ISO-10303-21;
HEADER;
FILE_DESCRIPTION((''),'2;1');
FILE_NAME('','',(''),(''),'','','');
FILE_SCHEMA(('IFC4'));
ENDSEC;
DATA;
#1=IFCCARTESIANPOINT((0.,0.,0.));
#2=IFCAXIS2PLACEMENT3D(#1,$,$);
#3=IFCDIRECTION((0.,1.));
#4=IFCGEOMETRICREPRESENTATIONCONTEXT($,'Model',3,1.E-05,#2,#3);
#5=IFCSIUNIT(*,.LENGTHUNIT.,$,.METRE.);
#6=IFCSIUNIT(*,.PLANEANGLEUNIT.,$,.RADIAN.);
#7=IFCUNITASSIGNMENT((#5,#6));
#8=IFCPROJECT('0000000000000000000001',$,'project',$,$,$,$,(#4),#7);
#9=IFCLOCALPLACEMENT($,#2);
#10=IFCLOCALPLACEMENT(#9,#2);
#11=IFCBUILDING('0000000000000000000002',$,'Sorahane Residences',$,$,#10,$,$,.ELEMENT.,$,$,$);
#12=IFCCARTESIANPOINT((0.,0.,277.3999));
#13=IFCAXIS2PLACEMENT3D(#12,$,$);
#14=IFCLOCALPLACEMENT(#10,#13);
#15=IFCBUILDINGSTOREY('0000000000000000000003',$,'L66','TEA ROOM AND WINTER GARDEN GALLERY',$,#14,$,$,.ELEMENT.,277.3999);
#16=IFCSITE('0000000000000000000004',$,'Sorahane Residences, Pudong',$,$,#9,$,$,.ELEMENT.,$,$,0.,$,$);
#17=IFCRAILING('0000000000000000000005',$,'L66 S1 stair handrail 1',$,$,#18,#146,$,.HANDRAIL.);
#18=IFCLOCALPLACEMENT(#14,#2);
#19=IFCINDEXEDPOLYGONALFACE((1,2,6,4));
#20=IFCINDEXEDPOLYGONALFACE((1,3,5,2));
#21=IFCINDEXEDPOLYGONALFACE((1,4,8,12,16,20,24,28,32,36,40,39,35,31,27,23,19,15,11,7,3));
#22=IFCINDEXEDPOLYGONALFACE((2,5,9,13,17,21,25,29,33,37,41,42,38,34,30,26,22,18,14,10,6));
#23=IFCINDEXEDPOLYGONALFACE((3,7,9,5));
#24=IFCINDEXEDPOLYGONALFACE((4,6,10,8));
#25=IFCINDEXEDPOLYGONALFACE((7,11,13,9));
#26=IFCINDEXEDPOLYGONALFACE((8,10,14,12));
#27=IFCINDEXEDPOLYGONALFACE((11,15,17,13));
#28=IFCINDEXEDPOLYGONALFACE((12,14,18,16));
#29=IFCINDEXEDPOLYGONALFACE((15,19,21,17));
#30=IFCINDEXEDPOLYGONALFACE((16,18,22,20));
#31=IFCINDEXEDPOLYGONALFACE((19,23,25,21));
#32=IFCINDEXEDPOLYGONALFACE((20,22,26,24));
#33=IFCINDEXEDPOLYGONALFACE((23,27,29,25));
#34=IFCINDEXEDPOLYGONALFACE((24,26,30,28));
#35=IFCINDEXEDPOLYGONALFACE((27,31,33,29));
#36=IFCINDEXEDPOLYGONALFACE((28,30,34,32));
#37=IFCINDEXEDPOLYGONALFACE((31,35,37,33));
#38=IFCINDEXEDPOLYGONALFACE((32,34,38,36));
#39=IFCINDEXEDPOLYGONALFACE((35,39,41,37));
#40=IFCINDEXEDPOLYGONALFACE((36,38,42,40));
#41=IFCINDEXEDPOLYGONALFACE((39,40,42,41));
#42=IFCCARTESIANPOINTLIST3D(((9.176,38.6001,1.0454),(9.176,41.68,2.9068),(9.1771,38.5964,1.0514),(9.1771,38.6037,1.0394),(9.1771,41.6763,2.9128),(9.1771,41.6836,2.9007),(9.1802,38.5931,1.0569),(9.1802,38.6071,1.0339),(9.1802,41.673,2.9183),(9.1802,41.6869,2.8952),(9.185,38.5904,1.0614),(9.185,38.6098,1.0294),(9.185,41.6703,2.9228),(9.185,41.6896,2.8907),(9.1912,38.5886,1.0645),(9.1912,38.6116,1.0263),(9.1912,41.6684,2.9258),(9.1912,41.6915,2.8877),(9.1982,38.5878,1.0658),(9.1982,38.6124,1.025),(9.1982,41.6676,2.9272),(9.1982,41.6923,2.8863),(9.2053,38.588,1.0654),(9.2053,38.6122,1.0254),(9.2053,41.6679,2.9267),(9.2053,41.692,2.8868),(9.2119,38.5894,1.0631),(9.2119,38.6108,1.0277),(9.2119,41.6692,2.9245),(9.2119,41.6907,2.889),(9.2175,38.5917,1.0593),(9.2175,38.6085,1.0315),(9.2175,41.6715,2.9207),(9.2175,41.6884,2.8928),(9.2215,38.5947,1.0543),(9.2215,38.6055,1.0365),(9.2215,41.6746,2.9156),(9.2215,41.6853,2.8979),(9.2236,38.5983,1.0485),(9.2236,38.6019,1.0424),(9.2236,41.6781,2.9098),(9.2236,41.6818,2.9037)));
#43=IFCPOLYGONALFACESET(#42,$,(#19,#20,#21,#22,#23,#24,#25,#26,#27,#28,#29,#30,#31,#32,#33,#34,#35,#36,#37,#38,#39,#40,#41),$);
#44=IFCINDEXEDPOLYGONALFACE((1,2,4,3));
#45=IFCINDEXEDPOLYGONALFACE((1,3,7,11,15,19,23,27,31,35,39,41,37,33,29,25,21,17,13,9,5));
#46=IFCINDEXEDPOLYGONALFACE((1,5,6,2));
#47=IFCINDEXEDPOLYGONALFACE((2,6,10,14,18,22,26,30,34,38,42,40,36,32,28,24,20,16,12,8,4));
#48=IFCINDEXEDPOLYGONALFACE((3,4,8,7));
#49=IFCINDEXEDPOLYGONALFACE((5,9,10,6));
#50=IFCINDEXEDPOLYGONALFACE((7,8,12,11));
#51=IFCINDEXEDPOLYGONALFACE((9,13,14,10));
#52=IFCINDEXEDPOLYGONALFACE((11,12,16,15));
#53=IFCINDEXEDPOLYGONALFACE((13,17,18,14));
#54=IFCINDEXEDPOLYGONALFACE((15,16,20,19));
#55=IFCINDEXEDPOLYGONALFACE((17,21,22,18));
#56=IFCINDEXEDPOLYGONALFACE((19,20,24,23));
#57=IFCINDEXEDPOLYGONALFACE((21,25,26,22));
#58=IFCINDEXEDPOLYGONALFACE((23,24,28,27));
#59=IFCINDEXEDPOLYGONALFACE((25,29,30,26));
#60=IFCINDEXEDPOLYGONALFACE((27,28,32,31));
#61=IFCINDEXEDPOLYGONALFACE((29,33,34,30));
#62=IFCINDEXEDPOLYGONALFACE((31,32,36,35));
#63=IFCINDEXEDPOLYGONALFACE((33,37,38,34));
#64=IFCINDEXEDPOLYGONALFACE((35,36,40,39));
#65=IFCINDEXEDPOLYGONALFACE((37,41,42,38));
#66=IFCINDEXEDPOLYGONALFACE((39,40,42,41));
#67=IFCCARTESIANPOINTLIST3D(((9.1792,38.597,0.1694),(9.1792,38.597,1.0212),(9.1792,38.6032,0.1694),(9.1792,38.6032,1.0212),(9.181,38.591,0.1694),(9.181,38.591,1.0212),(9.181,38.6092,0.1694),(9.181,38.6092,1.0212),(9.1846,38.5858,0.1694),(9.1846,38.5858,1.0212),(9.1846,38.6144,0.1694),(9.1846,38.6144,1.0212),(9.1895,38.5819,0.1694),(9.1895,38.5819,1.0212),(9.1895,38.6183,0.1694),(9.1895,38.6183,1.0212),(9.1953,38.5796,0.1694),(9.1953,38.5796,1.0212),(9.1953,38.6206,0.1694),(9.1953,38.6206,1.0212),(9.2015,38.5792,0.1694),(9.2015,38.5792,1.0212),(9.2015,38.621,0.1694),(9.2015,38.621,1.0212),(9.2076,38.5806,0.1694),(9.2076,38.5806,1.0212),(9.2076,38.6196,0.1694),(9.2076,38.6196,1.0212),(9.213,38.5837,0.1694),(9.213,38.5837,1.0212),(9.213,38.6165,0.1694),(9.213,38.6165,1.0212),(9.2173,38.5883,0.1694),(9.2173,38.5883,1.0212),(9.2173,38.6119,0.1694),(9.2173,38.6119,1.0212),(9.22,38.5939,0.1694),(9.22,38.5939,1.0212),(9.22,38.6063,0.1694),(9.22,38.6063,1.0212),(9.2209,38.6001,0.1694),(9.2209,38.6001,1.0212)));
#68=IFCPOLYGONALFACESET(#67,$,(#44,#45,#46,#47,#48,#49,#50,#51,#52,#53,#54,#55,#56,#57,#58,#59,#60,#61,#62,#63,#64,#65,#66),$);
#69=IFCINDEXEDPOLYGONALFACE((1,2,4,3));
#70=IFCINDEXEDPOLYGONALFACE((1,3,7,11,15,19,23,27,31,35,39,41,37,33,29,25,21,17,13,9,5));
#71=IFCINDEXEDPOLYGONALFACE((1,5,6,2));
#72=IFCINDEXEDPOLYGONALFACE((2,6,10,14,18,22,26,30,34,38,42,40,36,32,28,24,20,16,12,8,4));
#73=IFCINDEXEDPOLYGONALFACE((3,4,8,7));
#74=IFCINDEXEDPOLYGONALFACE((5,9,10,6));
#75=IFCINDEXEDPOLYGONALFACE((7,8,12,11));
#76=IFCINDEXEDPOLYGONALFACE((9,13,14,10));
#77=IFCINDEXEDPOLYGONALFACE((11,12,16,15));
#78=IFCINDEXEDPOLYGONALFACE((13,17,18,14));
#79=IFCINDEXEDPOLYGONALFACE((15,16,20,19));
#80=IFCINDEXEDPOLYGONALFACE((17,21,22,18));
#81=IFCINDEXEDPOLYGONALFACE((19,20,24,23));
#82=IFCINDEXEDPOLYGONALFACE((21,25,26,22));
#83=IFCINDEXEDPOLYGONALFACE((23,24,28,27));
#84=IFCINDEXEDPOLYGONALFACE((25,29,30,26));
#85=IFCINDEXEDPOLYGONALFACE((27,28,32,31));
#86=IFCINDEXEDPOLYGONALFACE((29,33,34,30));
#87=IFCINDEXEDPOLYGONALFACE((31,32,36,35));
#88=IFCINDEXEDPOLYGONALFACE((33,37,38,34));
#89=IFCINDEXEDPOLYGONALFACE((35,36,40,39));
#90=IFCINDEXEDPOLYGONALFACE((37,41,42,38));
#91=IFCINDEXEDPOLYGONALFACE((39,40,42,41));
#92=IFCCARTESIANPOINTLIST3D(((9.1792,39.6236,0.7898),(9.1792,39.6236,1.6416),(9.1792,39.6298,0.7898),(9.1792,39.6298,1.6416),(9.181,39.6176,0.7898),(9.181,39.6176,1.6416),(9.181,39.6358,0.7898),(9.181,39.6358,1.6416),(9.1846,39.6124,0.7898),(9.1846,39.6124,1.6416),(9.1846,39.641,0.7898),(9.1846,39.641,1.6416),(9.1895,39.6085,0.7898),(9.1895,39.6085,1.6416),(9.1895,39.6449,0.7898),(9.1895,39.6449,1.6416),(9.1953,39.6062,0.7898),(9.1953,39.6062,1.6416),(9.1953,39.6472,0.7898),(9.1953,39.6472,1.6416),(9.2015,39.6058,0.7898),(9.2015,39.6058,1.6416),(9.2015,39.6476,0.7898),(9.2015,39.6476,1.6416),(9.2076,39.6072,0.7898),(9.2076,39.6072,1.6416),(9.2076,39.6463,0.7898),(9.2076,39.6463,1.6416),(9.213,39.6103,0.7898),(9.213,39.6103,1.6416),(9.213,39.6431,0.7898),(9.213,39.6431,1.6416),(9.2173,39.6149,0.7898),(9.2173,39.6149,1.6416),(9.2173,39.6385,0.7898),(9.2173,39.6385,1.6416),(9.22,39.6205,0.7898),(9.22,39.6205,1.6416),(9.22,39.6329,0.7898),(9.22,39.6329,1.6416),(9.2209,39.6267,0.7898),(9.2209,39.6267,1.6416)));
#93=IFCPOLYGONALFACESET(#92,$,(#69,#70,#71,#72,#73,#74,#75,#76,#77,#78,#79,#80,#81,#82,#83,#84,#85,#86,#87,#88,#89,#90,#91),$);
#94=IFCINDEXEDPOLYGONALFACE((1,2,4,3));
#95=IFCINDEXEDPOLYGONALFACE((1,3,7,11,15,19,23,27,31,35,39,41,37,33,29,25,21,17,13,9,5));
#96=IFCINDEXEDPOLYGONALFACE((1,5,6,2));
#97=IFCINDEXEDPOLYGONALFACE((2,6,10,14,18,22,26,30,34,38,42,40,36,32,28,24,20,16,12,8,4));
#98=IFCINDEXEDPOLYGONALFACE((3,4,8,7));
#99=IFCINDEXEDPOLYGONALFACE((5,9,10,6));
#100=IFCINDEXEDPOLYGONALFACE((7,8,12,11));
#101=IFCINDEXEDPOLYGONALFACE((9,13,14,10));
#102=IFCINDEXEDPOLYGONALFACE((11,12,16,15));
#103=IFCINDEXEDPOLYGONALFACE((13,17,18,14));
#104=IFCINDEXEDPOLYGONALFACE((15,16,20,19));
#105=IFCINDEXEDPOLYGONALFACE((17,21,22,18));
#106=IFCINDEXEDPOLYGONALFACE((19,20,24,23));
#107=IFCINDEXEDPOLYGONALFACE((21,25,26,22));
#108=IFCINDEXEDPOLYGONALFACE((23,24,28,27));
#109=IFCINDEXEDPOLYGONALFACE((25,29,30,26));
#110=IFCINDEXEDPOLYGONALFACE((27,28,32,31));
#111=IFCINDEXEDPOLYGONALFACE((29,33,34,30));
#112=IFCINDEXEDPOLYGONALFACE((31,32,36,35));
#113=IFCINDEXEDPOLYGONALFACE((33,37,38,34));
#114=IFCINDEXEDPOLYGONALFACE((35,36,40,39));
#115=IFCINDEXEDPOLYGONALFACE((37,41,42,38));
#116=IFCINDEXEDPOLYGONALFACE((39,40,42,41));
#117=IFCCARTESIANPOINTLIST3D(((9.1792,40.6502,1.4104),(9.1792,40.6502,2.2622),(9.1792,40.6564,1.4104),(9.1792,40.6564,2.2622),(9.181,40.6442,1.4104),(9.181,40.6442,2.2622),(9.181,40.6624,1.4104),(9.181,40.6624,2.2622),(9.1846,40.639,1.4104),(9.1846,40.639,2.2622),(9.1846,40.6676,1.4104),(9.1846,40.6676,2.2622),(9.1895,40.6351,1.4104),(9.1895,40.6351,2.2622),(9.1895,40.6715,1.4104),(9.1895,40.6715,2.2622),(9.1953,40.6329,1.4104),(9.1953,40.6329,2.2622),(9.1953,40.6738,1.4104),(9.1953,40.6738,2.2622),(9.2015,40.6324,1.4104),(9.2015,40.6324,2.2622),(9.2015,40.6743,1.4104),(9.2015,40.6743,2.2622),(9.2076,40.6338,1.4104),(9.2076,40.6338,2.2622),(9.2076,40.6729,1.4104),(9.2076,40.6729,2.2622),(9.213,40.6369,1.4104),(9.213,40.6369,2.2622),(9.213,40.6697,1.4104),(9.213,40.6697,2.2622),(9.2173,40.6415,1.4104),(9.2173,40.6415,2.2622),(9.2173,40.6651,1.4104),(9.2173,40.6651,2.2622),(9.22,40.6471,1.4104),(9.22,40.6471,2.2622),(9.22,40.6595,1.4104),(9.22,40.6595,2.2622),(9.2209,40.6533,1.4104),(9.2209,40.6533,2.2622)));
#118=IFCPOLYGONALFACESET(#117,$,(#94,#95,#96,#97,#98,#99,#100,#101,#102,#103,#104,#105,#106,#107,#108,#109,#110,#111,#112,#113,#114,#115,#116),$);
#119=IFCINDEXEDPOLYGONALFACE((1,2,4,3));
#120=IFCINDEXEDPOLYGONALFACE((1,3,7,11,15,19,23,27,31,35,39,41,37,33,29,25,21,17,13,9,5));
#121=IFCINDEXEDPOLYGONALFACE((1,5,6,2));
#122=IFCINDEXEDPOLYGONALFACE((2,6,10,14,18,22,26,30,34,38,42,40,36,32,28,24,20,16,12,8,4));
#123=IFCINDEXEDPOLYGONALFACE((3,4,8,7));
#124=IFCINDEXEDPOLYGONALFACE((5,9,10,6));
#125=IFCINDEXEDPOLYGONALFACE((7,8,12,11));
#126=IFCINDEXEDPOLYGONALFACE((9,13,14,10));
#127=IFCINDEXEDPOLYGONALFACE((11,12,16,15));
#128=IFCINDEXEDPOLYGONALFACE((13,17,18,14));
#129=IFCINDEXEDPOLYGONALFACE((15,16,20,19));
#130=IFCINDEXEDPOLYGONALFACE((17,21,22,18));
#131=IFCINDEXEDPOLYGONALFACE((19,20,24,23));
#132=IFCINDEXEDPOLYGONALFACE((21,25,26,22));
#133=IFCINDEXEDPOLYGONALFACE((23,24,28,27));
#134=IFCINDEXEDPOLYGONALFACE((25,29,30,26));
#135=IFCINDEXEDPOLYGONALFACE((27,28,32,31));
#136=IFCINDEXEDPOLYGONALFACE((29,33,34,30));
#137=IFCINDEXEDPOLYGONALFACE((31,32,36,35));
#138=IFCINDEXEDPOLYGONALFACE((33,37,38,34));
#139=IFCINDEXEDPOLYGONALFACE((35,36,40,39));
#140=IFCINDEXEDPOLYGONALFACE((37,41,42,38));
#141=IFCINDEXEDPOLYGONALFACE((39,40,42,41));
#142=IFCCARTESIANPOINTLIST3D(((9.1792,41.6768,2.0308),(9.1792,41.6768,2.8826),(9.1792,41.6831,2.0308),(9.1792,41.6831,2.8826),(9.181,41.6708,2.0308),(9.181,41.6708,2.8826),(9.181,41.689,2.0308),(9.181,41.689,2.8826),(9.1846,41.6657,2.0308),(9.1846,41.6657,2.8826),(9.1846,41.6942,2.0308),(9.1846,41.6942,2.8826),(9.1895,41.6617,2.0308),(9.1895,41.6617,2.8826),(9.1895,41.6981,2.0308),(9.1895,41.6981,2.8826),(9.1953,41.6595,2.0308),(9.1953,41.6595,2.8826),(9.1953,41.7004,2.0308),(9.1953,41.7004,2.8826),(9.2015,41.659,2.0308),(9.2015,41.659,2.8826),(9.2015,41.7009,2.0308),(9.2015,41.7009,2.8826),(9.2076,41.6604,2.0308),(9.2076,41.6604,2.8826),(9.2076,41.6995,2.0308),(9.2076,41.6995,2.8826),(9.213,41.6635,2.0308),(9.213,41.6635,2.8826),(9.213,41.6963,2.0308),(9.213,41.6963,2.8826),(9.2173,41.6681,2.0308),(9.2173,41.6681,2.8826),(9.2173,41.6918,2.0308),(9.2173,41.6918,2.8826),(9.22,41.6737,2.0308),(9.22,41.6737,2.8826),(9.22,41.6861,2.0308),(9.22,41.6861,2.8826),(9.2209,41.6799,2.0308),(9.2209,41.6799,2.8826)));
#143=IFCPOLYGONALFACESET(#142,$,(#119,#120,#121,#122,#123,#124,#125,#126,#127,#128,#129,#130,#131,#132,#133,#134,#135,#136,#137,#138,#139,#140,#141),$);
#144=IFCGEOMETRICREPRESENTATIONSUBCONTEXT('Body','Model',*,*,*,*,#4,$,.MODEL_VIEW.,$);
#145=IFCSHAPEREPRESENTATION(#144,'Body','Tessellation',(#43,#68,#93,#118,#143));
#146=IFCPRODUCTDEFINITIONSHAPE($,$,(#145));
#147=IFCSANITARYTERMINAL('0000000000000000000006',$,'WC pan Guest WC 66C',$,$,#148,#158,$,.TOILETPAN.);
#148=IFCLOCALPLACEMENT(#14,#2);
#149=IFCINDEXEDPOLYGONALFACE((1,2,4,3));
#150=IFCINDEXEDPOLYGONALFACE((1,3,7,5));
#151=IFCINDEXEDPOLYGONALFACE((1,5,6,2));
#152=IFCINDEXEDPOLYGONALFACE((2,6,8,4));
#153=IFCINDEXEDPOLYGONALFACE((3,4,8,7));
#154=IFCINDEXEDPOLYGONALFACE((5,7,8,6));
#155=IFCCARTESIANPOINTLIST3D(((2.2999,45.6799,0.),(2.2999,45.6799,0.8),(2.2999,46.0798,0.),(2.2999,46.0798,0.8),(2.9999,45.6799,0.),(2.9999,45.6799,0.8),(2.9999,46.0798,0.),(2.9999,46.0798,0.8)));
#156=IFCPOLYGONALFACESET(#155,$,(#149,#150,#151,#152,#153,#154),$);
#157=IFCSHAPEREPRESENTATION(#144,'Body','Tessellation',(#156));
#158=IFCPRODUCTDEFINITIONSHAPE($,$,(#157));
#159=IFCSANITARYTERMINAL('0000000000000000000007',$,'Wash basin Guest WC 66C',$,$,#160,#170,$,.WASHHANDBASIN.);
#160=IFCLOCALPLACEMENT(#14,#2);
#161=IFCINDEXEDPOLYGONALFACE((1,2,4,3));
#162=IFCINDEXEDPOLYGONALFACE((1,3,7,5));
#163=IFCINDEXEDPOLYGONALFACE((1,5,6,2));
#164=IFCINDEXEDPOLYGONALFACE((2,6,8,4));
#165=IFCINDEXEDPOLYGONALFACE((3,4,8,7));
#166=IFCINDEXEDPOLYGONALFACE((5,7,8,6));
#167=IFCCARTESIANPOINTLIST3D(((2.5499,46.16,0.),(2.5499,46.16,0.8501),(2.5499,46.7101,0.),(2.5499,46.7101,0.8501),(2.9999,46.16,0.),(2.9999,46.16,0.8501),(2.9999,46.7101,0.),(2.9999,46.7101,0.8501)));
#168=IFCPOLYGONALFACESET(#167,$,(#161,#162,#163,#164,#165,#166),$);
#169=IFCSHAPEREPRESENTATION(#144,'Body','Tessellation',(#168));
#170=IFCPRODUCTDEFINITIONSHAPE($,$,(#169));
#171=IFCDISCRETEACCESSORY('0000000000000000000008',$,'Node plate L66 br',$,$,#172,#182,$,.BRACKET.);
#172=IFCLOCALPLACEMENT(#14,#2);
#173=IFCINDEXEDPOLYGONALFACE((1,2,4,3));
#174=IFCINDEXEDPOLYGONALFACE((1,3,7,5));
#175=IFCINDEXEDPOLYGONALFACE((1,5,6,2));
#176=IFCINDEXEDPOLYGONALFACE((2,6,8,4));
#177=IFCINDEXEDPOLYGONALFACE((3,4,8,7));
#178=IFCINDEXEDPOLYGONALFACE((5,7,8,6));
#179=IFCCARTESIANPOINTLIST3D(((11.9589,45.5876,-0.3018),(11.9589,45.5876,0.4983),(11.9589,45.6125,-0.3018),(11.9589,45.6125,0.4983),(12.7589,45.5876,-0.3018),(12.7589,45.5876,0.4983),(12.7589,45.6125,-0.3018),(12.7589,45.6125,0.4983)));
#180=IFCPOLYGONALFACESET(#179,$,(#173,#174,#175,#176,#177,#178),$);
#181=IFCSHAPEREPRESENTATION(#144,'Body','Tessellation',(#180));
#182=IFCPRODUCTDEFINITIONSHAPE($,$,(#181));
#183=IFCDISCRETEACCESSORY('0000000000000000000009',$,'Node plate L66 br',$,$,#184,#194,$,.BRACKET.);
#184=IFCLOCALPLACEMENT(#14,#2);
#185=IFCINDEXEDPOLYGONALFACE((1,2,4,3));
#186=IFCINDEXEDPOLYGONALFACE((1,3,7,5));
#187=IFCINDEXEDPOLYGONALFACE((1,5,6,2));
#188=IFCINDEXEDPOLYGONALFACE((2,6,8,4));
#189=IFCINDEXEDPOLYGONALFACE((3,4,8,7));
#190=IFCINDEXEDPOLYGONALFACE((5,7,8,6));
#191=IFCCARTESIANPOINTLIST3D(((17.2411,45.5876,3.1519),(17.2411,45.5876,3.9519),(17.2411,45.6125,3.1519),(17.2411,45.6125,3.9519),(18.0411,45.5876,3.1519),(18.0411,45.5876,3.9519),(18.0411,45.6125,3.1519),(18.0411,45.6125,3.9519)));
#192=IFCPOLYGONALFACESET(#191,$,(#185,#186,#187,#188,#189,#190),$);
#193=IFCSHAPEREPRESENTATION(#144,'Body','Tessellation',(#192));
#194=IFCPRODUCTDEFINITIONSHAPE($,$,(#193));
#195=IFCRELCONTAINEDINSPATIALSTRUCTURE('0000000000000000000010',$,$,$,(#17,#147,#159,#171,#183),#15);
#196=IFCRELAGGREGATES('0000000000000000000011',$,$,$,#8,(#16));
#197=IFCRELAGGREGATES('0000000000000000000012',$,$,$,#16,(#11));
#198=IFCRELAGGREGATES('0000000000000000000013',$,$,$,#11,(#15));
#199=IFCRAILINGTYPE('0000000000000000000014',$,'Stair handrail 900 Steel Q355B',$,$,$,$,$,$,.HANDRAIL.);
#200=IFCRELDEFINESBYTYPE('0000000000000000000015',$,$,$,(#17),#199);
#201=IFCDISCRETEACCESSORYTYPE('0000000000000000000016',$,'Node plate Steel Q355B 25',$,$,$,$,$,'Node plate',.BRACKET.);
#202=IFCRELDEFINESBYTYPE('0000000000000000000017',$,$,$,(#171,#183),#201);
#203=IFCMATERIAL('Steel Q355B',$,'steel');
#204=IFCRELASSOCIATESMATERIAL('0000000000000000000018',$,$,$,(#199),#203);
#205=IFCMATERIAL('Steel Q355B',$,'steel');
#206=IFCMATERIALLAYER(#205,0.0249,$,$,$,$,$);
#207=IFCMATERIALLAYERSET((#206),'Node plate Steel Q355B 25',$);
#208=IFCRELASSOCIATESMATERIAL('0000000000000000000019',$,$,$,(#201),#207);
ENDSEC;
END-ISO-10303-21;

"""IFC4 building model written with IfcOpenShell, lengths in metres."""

from ifc_helpers import new_model, si_unit, direction, frame, origin, origin_2d, place, context, subcontext, project, spatial, rectangle, circle, extrude, material, layer, layer_set, type_object, element, save


model = new_model("IFC4")

# Units and contexts
model_context = context("Model", 3, precision=1e-05, world=origin(), true_north=direction((0.0, 1.0)))
body_context = subcontext(model_context, "Body", "Model", "MODEL_VIEW")
ifc_project = project(units=[si_unit("LENGTHUNIT", "METRE"), si_unit("PLANEANGLEUNIT", "RADIAN")], contexts=[model_context])

# Site, building, storey
site_placement = place(None, origin())
site = spatial("IfcSite", under=ifc_project, at=site_placement, Name="Sorahane Residences, Pudong", CompositionType="ELEMENT", RefElevation=0.0)
building_placement = place(site_placement, origin())
building = spatial("IfcBuilding", under=site, at=building_placement, Name="Sorahane Residences", CompositionType="ELEMENT")
storey_placement = place(building_placement, frame((0.0, 0.0, 277.3999)))
storey = spatial("IfcBuildingStorey", under=building, at=storey_placement, Name="L66", Description="TEA ROOM AND WINTER GARDEN GALLERY", CompositionType="ELEMENT", Elevation=277.3999)

# Railing
ifc_material_1 = material(Name="Steel Q355B", Category="steel")
railing_type = type_object("IfcRailingType", Name="Stair handrail 900 Steel Q355B", PredefinedType="HANDRAIL", material=ifc_material_1)
railing_placement = place(storey_placement, frame((9.2, 38.6001, 0.1694)))
element("IfcRailing", 1, at=railing_placement, inside=storey, type_object=railing_type, Name="L66 S1 stair handrail 1", PredefinedType="HANDRAIL", context=body_context, shape_type="SweptSolid", body=[
    extrude(circle(Radius=0.0239, at=origin_2d()), frame((0.0, 0.0, 0.876), z_axis=(0.0, 0.855842, 0.517237), x_axis=(-1.0, 0.0, 0.0)), (0.0, 0.0, 1.0), 3.5986),
    extrude(circle(Radius=0.021, at=origin_2d()), origin(), (0.0, 0.0, 1.0), 0.8518),
    extrude(circle(Radius=0.021, at=origin_2d()), frame((0.0, 1.0266, 0.6204)), (0.0, 0.0, 1.0), 0.8518),
    extrude(circle(Radius=0.021, at=origin_2d()), frame((0.0, 2.0532, 1.241)), (0.0, 0.0, 1.0), 0.8518),
    extrude(circle(Radius=0.021, at=origin_2d()), frame((0.0, 3.0798, 1.8613)), (0.0, 0.0, 1.0), 0.8518),
])

# Sanitary terminals
sanitary_terminal_1_placement = place(storey_placement, frame((2.6499, 45.8799, 0.0), z_axis=(0.0, 0.0, 1.0), x_axis=(0.0, -1.0, 0.0)))
element("IfcSanitaryTerminal", 2, at=sanitary_terminal_1_placement, inside=storey, Name="WC pan Guest WC 66C", PredefinedType="TOILETPAN", context=body_context, shape_type="SweptSolid", body=[
    extrude(rectangle(XDim=0.3999, YDim=0.7, at=origin_2d()), origin(), (0.0, 0.0, 1.0), 0.8),
])
sanitary_terminal_2_placement = place(storey_placement, frame((2.7749, 46.4351, 0.0), z_axis=(0.0, 0.0, 1.0), x_axis=(0.0, -1.0, 0.0)))
element("IfcSanitaryTerminal", 3, at=sanitary_terminal_2_placement, inside=storey, Name="Wash basin Guest WC 66C", PredefinedType="WASHHANDBASIN", context=body_context, shape_type="SweptSolid", body=[
    extrude(rectangle(XDim=0.55, YDim=0.45, at=origin_2d()), origin(), (0.0, 0.0, 1.0), 0.8501),
])

# Discrete accessories
ifc_material_2 = material(Name="Steel Q355B", Category="steel")
ifc_layer_1 = layer(ifc_material_2, 0.0249)
ifc_layer_set_1 = layer_set([ifc_layer_1], Name="Node plate Steel Q355B 25")
discrete_accessory_type = type_object("IfcDiscreteAccessoryType", Name="Node plate Steel Q355B 25", ElementType="Node plate", PredefinedType="BRACKET", material=ifc_layer_set_1)
for number, where, z_axis, x_axis, name in (
    (4, (12.3589, 45.6001, -0.3018), (0.0, 0.0, 1.0), (1.0, 0.0, 0.0), "Node plate L66 br"),
    (5, (17.6411, 45.6001, 3.1519), (0.0, 0.0, 1.0), (1.0, 0.0, 0.0), "Node plate L66 br"),
):
    element("IfcDiscreteAccessory", number, at=place(storey_placement, frame(where, z_axis=z_axis, x_axis=x_axis)), inside=storey, type_object=discrete_accessory_type, Name=name, PredefinedType="BRACKET", context=body_context, shape_type="SweptSolid", body=[
        extrude(rectangle(XDim=0.8, YDim=0.0249, at=origin_2d()), origin(), (0.0, 0.0, 1.0), 0.8),
    ])

save(model, "model.ifc")
